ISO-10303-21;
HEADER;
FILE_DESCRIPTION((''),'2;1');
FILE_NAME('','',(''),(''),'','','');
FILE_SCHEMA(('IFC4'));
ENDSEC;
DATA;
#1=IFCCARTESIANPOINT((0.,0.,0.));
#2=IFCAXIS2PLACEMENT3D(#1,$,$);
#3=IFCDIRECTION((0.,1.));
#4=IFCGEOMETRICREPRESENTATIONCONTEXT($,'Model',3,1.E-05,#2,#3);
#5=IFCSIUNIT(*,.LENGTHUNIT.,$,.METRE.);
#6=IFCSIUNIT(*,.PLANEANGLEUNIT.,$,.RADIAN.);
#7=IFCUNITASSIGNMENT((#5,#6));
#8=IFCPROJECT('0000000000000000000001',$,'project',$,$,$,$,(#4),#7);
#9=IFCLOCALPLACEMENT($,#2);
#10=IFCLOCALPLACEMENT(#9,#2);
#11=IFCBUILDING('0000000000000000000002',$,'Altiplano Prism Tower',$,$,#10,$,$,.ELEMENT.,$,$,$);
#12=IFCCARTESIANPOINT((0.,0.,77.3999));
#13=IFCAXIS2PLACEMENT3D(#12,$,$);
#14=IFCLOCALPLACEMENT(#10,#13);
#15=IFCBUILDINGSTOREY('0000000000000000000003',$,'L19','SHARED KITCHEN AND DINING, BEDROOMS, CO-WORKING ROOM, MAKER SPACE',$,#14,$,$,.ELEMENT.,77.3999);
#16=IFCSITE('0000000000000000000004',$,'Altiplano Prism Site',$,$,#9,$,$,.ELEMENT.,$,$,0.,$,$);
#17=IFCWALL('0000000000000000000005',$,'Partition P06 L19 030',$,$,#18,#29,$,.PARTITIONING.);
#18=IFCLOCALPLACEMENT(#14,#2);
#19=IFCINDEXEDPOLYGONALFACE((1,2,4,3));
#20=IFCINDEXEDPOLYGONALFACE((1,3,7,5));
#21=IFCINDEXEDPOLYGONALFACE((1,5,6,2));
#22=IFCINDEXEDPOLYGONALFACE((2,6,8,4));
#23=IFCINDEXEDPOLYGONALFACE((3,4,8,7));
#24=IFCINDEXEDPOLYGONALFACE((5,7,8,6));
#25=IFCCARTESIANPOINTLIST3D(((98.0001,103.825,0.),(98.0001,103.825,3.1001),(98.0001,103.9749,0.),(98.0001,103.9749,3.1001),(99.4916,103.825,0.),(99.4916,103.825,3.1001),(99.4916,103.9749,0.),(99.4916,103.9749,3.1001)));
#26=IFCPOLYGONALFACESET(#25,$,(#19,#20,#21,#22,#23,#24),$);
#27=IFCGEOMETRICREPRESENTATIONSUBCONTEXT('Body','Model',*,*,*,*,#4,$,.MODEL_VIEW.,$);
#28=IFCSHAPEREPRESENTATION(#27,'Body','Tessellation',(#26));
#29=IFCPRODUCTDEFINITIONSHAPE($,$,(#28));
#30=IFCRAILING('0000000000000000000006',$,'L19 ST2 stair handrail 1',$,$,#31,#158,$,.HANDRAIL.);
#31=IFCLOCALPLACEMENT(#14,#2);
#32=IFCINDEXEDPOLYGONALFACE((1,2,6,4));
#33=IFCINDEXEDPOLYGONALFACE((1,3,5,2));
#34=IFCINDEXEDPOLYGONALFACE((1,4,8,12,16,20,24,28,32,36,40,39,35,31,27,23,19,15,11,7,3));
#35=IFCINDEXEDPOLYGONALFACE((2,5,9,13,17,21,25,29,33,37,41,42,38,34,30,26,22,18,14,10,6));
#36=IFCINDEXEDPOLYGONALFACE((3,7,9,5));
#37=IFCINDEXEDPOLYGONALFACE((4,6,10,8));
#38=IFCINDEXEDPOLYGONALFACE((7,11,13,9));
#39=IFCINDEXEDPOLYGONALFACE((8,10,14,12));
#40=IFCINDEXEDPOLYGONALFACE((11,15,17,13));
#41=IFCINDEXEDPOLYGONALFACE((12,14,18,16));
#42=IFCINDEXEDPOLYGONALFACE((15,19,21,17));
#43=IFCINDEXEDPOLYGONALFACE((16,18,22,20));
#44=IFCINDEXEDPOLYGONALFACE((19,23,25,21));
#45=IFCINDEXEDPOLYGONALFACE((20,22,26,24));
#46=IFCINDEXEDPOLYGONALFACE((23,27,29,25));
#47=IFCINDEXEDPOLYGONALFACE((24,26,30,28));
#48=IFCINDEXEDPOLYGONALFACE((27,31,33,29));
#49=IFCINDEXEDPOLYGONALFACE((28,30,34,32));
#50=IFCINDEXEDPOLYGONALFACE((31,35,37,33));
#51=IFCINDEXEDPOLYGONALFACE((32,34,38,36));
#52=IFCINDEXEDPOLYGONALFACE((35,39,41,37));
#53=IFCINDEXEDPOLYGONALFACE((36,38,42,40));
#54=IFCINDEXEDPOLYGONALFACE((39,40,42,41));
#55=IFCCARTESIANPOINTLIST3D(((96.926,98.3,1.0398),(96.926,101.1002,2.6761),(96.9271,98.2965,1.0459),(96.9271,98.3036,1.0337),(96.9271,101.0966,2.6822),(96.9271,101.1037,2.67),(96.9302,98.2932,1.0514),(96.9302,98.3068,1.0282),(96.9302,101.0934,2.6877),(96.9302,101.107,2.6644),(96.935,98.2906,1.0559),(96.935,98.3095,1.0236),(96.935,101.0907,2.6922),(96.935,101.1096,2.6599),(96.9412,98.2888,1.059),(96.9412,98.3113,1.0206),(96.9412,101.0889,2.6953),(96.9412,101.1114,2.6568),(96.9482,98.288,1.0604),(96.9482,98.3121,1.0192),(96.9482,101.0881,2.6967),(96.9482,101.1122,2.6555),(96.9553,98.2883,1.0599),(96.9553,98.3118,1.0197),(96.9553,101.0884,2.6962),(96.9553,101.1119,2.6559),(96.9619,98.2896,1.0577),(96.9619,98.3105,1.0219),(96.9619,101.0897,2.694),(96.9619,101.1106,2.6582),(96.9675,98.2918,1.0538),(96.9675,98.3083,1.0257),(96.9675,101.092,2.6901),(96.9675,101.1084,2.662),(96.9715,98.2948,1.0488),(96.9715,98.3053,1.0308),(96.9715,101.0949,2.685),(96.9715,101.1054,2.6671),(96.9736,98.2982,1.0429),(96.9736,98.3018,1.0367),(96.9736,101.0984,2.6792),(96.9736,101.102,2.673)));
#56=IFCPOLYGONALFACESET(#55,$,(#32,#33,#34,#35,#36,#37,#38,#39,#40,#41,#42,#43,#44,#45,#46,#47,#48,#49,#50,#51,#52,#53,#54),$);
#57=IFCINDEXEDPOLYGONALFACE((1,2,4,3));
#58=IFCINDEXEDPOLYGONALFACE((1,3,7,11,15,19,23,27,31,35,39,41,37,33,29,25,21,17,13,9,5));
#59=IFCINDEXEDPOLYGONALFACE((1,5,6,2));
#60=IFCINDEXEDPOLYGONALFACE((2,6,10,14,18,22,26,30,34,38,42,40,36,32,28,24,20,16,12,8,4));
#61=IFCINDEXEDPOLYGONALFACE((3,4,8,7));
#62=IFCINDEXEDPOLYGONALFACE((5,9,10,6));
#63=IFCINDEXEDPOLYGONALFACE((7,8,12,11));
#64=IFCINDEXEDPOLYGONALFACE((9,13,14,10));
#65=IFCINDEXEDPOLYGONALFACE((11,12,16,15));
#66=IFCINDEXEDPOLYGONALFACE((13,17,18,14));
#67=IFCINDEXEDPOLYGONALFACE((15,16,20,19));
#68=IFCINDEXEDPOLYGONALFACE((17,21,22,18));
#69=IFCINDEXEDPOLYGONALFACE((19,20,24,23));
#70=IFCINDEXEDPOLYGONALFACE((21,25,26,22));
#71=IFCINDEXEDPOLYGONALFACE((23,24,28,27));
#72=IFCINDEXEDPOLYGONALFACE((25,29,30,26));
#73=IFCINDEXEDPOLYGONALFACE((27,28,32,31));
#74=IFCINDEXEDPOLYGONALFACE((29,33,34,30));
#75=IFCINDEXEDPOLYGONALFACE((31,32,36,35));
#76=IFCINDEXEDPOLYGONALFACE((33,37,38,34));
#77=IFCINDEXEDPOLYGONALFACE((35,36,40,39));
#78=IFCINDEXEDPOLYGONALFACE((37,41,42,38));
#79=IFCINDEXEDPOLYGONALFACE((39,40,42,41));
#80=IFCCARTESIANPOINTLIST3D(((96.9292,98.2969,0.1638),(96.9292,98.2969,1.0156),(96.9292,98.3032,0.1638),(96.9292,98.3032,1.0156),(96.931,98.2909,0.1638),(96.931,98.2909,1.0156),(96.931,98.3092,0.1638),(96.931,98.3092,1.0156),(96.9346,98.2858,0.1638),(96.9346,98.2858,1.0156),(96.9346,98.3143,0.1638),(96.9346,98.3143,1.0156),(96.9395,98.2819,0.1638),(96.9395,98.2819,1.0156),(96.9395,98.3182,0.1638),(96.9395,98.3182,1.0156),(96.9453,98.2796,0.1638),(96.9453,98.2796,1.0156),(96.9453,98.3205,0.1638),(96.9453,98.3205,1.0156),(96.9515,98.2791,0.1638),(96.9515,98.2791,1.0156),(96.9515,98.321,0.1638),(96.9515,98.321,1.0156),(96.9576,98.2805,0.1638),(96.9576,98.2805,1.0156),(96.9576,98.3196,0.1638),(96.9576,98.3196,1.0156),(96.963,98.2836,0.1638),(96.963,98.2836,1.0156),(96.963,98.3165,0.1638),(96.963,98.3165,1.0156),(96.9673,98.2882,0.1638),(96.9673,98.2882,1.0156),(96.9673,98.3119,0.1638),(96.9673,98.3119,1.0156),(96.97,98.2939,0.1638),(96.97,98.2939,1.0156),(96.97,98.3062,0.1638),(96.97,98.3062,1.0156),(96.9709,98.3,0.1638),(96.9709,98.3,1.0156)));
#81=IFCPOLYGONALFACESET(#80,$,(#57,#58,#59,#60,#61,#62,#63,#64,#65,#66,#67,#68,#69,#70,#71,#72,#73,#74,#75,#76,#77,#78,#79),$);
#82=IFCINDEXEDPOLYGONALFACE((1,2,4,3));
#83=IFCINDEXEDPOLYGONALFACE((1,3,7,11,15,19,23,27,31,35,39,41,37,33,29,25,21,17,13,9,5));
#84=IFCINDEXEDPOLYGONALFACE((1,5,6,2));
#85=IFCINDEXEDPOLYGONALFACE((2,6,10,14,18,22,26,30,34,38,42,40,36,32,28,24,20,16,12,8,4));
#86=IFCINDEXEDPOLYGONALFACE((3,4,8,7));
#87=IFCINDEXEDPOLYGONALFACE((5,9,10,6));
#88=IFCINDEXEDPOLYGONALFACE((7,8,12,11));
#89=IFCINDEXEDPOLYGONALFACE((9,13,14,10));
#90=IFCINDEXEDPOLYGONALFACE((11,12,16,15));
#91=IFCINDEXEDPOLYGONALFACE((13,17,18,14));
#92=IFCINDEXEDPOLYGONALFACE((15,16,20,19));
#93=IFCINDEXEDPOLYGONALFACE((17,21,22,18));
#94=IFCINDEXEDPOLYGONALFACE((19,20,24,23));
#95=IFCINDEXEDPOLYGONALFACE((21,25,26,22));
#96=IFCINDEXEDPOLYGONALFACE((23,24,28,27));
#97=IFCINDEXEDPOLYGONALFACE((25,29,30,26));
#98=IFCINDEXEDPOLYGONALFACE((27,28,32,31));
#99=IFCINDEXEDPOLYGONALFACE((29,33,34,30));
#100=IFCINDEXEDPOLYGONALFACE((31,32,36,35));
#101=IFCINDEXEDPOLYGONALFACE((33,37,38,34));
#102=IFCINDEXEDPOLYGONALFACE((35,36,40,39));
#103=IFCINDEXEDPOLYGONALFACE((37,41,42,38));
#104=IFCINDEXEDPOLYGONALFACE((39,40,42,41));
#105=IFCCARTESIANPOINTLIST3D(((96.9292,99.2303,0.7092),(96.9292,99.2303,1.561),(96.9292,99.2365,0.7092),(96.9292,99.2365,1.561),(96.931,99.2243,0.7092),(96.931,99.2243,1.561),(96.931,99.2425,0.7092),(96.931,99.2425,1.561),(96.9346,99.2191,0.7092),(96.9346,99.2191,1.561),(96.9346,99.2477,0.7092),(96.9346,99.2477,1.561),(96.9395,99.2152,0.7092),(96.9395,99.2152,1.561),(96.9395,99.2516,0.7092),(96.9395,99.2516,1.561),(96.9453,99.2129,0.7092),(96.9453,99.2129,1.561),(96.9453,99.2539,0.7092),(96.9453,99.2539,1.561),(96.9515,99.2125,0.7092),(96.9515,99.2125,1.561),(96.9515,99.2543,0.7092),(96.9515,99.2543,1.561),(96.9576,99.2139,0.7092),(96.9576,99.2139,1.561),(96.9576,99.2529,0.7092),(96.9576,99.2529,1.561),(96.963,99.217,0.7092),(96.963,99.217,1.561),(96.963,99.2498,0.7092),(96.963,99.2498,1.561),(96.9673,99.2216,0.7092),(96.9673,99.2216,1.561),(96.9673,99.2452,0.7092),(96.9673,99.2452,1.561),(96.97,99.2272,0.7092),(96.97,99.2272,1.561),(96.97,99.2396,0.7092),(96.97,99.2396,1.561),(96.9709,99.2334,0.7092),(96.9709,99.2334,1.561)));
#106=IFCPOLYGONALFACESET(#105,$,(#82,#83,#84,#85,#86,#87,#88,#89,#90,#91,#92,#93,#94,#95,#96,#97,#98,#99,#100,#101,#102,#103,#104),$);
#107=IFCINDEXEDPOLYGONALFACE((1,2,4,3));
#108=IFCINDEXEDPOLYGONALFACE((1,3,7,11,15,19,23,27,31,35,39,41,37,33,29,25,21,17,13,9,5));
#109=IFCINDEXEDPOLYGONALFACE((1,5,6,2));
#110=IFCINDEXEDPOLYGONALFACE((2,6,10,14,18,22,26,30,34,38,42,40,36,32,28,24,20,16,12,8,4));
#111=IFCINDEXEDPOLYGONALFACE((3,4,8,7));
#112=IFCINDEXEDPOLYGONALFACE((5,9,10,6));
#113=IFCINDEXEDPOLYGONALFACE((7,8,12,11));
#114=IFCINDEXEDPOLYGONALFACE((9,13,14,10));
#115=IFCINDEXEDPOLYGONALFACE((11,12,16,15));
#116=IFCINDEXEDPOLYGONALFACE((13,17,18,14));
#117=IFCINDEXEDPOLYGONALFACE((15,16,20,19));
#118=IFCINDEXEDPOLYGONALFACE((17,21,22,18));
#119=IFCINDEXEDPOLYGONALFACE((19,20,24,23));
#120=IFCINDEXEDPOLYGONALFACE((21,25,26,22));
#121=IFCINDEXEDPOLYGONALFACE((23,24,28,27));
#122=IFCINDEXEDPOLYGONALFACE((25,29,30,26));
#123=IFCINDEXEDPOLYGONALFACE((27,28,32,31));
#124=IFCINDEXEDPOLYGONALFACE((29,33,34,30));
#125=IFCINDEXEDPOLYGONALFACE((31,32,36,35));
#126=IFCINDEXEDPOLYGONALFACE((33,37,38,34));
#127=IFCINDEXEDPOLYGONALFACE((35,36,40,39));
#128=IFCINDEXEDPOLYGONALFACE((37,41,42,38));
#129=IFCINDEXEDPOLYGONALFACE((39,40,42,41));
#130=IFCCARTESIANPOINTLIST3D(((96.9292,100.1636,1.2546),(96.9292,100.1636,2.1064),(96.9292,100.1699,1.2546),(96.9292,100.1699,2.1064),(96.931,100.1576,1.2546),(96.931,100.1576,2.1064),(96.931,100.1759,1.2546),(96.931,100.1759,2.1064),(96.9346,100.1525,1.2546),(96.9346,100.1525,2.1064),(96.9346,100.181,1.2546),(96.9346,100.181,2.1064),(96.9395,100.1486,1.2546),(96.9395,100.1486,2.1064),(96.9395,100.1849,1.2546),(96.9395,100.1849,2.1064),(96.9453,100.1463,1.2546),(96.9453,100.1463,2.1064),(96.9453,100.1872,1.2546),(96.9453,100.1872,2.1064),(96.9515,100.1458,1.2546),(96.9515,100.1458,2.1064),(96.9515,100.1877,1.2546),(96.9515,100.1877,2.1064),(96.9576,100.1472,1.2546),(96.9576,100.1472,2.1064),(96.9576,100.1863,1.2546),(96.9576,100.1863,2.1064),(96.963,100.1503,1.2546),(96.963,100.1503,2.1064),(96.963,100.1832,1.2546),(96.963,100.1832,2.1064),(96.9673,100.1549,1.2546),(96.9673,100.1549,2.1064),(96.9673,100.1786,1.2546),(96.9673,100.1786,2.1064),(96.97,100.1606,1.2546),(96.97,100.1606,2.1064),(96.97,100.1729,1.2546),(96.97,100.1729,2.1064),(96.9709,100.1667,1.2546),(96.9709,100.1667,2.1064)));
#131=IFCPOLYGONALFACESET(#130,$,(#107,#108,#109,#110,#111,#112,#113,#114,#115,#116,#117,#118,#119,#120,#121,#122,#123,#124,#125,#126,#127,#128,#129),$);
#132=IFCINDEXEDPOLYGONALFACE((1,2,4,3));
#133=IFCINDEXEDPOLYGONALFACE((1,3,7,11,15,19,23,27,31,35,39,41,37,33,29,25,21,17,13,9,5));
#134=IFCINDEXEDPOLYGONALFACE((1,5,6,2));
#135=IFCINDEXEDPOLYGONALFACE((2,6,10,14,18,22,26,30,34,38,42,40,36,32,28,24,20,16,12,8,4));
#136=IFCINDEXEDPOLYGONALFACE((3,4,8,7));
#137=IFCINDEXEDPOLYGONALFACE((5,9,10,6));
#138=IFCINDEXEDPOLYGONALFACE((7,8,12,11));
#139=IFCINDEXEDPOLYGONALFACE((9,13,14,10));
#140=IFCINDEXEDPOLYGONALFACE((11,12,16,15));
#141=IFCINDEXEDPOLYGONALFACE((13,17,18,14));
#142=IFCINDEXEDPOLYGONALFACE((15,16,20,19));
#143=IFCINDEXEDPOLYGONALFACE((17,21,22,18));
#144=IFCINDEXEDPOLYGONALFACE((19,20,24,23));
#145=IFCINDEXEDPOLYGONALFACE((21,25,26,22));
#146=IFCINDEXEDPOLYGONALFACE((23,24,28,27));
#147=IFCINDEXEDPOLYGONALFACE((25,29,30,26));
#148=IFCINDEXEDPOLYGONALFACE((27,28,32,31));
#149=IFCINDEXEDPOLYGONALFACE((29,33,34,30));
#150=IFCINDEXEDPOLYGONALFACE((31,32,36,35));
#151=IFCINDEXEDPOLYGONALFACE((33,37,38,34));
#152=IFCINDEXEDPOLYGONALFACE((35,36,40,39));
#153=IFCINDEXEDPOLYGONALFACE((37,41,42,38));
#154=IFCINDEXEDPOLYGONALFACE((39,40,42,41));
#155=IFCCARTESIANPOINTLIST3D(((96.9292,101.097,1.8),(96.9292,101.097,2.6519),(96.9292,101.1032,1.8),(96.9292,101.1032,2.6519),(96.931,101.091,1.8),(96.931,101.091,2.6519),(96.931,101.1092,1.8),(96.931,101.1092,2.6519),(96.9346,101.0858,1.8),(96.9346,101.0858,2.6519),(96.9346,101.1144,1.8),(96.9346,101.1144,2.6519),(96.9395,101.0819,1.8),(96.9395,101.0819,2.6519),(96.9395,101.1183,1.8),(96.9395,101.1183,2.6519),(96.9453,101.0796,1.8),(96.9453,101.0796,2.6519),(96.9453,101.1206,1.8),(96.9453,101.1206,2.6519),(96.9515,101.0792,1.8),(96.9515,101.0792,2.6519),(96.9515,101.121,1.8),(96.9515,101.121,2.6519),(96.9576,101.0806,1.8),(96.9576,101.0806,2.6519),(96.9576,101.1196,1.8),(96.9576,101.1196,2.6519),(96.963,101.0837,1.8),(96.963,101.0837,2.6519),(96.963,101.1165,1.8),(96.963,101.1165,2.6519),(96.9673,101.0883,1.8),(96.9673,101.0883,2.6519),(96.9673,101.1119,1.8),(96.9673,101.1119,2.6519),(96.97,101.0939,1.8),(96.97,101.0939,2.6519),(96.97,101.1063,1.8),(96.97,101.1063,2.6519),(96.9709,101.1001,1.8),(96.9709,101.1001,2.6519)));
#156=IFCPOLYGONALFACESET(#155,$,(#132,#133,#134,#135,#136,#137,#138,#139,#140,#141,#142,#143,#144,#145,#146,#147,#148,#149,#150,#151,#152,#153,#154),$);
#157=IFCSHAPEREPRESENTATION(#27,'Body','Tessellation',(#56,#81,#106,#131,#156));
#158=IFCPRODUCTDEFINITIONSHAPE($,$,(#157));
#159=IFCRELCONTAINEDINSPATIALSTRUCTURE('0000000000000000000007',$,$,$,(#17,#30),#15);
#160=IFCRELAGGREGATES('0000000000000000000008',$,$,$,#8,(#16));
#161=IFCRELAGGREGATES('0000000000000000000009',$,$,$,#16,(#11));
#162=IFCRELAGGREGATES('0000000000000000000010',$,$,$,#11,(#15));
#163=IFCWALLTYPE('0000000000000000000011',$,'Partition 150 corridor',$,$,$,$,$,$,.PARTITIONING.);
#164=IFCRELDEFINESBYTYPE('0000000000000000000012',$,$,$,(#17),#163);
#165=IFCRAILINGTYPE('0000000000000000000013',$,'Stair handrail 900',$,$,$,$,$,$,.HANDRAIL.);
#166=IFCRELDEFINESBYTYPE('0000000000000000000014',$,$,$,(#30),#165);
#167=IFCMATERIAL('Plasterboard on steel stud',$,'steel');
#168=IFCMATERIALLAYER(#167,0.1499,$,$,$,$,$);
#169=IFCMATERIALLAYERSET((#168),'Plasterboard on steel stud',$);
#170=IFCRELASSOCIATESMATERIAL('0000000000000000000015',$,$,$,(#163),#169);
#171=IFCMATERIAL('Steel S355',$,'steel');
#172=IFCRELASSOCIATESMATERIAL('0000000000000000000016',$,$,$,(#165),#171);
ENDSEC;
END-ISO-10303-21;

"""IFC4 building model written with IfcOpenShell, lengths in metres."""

from ifc_helpers import new_model, si_unit, direction, frame, frame_2d, origin, origin_2d, place, context, subcontext, project, spatial, rectangle, circle, extrude, material, layer, layer_set, type_object, element, save


model = new_model("IFC4")

# Units and contexts
model_context = context("Model", 3, precision=1e-05, world=origin(), true_north=direction((0.0, 1.0)))
body_context = subcontext(model_context, "Body", "Model", "MODEL_VIEW")
ifc_project = project(units=[si_unit("LENGTHUNIT", "METRE"), si_unit("PLANEANGLEUNIT", "RADIAN")], contexts=[model_context])

# Site, building, storey
site_placement = place(None, origin())
site = spatial("IfcSite", under=ifc_project, at=site_placement, Name="Altiplano Prism Site", CompositionType="ELEMENT", RefElevation=0.0)
building_placement = place(site_placement, origin())
building = spatial("IfcBuilding", under=site, at=building_placement, Name="Altiplano Prism Tower", CompositionType="ELEMENT")
storey_placement = place(building_placement, frame((0.0, 0.0, 77.3999)))
storey = spatial("IfcBuildingStorey", under=building, at=storey_placement, Name="L19", Description="SHARED KITCHEN AND DINING, BEDROOMS, CO-WORKING ROOM, MAKER SPACE", CompositionType="ELEMENT", Elevation=77.3999)

# Shared definitions
ifc_material_1 = material(Name="Plasterboard on steel stud", Category="steel")
ifc_layer_1 = layer(ifc_material_1, 0.1499)
ifc_layer_set_1 = layer_set([ifc_layer_1], Name="Plasterboard on steel stud")
wall_type_1 = type_object("IfcWallType", Name="Partition 150 corridor", PredefinedType="PARTITIONING", material=ifc_layer_set_1)

# Wall
wall_1_placement = place(storey_placement, frame((99.4915, 103.8999, 0.0), z_axis=(0.0, 0.0, 1.0), x_axis=(-1.0, 0.0, 0.0)))
element("IfcWall", 1, at=wall_1_placement, inside=storey, type_object=wall_type_1, Name="Partition P06 L19 030", PredefinedType="PARTITIONING", context=body_context, shape_type="SweptSolid", body=[
    extrude(rectangle(XDim=1.4915, YDim=0.1499, at=frame_2d((0.7456, 0.0))), origin(), (0.0, 0.0, 1.0), 3.1001),
])

# Railing
ifc_material_2 = material(Name="Steel S355", Category="steel")
railing_type = type_object("IfcRailingType", Name="Stair handrail 900", PredefinedType="HANDRAIL", material=ifc_material_2)
railing_placement = place(storey_placement, frame((96.95, 98.3, 0.1638)))
element("IfcRailing", 2, at=railing_placement, inside=storey, type_object=railing_type, Name="L19 ST2 stair handrail 1", PredefinedType="HANDRAIL", context=body_context, shape_type="SweptSolid", body=[
    extrude(circle(Radius=0.0239, at=origin_2d()), frame((0.0, 0.0, 0.876), z_axis=(0.0, 0.863394, 0.504531), x_axis=(-1.0, 0.0, 0.0)), (0.0, 0.0, 1.0), 3.2432),
    extrude(circle(Radius=0.021, at=origin_2d()), origin(), (0.0, 0.0, 1.0), 0.8518),
    extrude(circle(Radius=0.021, at=origin_2d()), frame((0.0, 0.9333, 0.5454)), (0.0, 0.0, 1.0), 0.8518),
    extrude(circle(Radius=0.021, at=origin_2d()), frame((0.0, 1.8667, 1.0908)), (0.0, 0.0, 1.0), 0.8518),
    extrude(circle(Radius=0.021, at=origin_2d()), frame((0.0, 2.8, 1.6362)), (0.0, 0.0, 1.0), 0.8518),
])

save(model, "model.ifc")
